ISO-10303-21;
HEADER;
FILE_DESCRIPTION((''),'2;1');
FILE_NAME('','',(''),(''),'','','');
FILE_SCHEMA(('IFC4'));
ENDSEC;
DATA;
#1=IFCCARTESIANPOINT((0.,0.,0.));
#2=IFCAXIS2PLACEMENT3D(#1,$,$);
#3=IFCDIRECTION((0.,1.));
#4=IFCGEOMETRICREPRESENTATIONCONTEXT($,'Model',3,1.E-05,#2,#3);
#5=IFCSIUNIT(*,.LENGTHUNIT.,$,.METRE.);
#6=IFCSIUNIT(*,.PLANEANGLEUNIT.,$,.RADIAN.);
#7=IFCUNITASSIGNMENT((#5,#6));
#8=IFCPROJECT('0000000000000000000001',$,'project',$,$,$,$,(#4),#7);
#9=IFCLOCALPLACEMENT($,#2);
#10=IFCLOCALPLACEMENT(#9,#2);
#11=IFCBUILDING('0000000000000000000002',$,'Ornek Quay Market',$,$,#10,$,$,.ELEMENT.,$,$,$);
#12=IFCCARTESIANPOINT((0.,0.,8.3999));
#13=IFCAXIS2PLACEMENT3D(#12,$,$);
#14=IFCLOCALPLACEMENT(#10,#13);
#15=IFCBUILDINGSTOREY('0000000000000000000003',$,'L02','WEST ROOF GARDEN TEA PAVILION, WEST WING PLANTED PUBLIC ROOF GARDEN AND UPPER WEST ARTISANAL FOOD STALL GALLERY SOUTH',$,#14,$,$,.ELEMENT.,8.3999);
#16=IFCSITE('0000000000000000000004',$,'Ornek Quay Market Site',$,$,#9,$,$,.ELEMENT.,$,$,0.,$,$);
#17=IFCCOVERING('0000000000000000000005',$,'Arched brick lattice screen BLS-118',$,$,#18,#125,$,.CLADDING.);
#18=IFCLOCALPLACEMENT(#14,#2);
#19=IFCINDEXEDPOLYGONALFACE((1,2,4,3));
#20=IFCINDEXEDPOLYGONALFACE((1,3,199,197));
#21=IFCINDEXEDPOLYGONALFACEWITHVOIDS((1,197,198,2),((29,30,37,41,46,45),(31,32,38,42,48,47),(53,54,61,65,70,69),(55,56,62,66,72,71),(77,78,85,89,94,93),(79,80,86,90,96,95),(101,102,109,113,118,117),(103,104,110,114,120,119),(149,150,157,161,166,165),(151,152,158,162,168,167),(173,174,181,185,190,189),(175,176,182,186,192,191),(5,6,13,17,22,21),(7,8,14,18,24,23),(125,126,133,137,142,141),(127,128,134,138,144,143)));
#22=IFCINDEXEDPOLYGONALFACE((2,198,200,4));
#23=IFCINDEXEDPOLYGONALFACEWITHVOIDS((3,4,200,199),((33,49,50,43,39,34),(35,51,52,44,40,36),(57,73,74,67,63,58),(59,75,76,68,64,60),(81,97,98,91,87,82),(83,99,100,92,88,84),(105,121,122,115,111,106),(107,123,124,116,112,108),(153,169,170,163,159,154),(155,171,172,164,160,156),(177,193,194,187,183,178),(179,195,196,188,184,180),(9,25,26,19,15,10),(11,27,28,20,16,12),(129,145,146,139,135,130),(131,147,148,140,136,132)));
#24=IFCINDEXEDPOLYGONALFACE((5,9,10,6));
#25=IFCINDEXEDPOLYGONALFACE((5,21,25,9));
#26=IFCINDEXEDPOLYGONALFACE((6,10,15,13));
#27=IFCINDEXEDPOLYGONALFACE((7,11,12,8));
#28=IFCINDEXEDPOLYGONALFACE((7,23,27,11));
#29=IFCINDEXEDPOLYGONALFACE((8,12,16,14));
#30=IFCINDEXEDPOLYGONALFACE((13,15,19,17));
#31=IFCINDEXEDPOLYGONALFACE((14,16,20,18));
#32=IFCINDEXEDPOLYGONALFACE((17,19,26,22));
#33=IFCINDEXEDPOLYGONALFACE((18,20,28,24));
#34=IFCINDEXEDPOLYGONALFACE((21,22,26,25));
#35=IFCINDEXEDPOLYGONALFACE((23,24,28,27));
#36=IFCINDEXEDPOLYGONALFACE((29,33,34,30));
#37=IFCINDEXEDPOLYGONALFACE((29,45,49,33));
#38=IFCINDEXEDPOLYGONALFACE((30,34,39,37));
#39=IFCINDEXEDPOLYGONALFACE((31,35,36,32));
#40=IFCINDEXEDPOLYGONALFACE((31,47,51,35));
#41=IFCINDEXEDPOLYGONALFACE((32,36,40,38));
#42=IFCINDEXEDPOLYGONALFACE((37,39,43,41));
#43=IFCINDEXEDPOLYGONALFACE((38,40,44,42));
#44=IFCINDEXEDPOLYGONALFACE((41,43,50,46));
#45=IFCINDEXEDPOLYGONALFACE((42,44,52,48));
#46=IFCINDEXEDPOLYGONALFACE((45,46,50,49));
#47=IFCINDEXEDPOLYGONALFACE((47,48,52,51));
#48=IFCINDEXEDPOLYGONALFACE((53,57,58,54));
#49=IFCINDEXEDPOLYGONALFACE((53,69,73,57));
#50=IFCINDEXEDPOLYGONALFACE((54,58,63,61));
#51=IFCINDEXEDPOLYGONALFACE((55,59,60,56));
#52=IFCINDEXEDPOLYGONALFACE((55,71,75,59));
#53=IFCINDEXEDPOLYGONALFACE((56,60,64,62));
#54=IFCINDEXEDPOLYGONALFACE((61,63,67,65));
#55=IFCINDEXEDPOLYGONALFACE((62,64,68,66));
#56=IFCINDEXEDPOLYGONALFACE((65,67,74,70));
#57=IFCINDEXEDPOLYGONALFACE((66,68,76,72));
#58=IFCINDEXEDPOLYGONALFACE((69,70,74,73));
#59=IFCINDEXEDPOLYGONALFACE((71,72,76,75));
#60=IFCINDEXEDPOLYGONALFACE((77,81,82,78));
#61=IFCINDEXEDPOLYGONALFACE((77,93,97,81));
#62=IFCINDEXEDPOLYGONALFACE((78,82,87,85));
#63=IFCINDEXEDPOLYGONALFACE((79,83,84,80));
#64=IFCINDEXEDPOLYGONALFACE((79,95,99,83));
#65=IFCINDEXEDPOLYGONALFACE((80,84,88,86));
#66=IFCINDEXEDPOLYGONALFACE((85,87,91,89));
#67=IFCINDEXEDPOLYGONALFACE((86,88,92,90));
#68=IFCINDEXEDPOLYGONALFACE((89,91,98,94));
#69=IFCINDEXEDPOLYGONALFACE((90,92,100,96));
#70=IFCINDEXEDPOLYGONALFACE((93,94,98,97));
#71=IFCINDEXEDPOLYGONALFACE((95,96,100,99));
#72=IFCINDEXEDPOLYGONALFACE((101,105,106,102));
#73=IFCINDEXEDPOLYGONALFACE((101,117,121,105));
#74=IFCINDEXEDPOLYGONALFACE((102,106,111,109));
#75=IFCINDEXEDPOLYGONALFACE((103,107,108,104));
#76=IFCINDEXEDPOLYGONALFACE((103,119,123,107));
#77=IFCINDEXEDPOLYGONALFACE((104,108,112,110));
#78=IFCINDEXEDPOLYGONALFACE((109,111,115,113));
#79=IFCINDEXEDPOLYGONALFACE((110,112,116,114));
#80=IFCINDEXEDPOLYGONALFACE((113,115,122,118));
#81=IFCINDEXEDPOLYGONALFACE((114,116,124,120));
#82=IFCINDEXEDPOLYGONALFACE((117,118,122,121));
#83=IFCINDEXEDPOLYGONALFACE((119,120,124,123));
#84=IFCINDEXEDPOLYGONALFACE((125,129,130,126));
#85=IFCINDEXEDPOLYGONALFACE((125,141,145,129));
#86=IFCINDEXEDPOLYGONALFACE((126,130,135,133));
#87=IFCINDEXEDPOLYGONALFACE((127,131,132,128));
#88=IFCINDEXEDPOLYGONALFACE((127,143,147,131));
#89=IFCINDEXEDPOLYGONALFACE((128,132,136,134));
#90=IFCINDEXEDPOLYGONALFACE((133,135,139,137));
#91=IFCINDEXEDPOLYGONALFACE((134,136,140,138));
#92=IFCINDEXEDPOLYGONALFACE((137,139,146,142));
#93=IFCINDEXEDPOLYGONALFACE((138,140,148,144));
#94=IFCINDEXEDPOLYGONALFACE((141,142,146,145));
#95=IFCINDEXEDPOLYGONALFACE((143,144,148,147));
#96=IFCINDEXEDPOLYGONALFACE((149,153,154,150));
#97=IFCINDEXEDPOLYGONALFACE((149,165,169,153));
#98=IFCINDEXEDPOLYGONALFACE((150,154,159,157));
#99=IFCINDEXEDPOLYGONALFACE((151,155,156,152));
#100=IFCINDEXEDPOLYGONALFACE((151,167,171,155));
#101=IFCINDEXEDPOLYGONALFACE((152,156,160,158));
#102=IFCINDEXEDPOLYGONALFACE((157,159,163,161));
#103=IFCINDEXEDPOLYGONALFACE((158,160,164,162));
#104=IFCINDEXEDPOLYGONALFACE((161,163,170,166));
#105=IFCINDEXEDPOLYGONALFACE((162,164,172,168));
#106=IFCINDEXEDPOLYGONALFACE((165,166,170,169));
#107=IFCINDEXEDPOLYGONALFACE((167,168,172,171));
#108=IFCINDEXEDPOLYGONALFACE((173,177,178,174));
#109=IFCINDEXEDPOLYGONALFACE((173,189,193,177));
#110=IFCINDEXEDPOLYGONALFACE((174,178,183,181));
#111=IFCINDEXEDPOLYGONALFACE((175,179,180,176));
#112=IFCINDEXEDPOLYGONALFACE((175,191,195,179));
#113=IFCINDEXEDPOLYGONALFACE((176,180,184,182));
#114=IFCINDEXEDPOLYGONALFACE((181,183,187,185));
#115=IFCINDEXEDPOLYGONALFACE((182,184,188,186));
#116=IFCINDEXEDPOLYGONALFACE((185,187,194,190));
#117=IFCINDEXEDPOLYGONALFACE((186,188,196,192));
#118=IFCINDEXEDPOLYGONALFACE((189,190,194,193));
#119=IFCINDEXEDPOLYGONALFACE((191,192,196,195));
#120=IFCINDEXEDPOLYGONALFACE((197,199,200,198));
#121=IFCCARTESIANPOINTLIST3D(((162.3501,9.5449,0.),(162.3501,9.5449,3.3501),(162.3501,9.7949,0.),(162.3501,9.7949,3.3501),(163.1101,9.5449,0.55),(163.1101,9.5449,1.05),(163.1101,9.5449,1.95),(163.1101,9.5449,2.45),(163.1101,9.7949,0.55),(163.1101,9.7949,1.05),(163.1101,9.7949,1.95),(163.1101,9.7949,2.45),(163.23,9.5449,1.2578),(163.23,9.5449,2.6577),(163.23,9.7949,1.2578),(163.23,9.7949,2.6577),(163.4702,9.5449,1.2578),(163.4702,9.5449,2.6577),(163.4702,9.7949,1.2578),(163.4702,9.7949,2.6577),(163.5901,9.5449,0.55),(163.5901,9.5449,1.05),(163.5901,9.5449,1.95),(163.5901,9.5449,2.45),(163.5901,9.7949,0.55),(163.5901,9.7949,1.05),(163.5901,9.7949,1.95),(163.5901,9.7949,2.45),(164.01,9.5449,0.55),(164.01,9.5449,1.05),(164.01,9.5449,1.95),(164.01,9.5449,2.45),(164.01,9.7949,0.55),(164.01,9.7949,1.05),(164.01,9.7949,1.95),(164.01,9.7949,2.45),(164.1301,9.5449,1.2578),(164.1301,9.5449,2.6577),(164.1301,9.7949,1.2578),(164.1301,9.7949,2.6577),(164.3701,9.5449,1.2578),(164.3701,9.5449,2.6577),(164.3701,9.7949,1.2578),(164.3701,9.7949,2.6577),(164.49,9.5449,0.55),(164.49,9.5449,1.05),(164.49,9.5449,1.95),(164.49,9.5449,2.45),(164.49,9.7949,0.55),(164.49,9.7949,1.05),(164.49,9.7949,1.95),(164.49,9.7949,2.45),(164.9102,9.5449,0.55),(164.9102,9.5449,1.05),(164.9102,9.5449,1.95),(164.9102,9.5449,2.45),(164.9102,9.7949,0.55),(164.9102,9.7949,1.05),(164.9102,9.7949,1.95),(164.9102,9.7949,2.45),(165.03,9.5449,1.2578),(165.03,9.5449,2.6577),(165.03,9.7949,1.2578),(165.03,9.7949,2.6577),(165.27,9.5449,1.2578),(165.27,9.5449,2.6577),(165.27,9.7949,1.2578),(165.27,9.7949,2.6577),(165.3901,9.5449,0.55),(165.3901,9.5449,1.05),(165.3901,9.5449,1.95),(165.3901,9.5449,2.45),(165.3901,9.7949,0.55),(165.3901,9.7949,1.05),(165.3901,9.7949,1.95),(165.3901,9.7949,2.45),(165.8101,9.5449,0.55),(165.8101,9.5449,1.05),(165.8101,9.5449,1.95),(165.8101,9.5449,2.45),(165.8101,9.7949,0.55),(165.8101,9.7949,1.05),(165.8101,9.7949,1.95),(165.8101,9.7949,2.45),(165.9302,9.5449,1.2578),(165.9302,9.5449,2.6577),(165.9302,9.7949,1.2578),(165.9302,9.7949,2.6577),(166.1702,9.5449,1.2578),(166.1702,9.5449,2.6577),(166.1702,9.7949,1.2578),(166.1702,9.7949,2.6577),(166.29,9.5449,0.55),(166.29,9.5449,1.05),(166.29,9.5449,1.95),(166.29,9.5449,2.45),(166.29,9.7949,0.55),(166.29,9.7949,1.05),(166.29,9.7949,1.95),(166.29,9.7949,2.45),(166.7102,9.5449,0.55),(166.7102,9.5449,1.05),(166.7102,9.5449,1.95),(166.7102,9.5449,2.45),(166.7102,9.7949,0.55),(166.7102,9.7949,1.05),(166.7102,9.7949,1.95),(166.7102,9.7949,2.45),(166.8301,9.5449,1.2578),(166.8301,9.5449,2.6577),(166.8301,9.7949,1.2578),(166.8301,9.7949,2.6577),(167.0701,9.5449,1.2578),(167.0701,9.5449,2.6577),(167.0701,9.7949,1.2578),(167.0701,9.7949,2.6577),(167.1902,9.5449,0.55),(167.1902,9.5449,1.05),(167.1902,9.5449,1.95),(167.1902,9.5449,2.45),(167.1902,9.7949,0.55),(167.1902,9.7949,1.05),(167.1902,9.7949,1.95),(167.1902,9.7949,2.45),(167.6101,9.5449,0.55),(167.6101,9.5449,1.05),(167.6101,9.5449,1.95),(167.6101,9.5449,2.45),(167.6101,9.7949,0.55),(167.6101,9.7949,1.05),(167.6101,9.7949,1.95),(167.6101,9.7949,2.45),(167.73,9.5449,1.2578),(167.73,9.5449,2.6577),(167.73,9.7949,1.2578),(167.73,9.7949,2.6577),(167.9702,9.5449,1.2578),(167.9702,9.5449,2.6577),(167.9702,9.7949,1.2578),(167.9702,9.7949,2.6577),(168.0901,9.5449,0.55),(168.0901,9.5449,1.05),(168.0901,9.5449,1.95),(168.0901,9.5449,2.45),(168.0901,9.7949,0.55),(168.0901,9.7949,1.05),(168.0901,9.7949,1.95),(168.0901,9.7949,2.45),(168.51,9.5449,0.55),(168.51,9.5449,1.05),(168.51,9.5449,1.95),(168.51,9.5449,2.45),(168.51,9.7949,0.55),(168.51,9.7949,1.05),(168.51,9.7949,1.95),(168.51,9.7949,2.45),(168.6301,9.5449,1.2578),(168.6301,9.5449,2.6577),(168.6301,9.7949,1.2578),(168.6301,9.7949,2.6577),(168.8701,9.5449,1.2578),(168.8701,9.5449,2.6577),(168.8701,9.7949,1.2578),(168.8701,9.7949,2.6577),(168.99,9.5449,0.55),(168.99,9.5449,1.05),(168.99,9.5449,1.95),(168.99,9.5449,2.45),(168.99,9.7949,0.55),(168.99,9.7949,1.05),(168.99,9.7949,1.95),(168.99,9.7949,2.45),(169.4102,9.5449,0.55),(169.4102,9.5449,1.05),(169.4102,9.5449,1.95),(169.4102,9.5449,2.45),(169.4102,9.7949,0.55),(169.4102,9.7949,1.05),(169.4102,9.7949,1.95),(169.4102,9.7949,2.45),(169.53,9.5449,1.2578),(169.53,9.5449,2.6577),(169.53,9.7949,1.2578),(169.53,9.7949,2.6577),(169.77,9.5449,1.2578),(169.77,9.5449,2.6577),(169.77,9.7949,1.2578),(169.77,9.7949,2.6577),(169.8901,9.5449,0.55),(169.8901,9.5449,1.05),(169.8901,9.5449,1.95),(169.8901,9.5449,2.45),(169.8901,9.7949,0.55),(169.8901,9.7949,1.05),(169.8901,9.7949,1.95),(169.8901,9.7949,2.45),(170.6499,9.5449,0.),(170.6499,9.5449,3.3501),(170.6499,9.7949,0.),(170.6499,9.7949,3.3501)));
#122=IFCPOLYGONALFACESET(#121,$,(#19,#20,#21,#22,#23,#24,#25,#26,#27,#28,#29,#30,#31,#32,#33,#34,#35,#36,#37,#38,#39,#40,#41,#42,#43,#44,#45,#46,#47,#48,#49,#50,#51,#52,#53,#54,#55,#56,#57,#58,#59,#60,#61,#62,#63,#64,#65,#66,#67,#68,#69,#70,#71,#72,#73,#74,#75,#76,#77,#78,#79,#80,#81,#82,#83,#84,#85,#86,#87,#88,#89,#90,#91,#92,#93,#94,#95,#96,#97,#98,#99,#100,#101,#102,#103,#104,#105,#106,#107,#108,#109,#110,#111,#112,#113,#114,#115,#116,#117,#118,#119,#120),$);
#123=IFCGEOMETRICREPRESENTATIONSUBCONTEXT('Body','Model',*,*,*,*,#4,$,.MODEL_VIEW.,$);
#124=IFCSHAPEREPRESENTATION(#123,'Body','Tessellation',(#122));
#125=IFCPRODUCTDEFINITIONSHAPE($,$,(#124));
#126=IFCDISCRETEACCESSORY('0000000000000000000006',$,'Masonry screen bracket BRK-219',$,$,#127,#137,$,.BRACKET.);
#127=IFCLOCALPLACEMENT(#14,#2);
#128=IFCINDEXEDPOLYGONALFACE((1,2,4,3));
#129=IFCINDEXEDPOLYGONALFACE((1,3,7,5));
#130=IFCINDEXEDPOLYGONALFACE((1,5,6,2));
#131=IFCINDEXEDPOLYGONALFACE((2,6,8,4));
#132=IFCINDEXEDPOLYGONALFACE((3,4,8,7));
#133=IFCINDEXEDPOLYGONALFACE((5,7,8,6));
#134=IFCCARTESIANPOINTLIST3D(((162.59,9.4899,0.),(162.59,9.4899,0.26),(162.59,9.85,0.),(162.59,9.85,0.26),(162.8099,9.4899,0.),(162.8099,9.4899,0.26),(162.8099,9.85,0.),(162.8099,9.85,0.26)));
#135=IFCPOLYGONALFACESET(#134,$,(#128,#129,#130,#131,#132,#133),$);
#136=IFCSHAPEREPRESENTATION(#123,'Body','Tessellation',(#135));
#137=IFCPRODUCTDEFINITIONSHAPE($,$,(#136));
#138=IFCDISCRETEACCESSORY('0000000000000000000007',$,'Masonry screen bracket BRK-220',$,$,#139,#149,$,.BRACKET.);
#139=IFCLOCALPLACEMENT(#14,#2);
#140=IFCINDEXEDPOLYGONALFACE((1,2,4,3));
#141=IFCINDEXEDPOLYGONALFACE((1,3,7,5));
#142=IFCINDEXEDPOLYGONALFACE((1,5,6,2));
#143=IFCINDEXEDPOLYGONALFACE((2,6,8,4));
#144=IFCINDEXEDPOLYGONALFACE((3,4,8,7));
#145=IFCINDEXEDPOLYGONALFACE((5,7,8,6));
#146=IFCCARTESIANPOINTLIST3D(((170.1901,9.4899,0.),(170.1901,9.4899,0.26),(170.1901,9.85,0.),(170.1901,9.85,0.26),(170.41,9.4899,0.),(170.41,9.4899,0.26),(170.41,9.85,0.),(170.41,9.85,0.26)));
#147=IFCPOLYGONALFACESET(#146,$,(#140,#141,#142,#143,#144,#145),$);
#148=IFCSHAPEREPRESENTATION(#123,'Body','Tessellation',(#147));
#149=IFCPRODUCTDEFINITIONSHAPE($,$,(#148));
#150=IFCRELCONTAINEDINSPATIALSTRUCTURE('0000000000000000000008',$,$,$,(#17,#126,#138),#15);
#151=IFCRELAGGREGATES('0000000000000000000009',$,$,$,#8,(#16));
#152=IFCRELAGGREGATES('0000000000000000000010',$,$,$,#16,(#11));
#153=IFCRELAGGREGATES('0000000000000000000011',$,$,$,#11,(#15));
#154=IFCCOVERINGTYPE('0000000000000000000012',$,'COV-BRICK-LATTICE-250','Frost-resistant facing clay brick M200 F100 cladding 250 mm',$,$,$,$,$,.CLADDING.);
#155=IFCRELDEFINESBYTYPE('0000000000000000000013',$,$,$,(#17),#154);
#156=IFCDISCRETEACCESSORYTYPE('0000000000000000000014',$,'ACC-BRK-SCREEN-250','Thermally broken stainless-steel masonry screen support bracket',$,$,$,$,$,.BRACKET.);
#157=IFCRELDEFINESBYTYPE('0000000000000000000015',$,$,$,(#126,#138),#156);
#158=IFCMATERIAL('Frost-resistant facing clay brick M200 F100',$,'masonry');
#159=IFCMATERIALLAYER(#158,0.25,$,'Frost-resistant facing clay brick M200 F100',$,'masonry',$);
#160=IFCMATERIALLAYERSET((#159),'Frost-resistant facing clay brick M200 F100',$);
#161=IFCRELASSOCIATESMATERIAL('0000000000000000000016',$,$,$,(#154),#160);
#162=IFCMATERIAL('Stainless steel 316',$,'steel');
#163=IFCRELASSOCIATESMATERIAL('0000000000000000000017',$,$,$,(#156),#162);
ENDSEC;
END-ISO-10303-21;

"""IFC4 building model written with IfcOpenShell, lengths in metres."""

from ifc_helpers import new_model, si_unit, direction, frame, origin, origin_2d, place, context, subcontext, project, spatial, polyline, rectangle, outline, extrude, material, layer, layer_set, type_object, element, save


model = new_model("IFC4")

# Units and contexts
model_context = context("Model", 3, precision=1e-05, world=origin(), true_north=direction((0.0, 1.0)))
body_context = subcontext(model_context, "Body", "Model", "MODEL_VIEW")
ifc_project = project(units=[si_unit("LENGTHUNIT", "METRE"), si_unit("PLANEANGLEUNIT", "RADIAN")], contexts=[model_context])

# Site, building, storey
site_placement = place(None, origin())
site = spatial("IfcSite", under=ifc_project, at=site_placement, Name="Ornek Quay Market Site", CompositionType="ELEMENT", RefElevation=0.0)
building_placement = place(site_placement, origin())
building = spatial("IfcBuilding", under=site, at=building_placement, Name="Ornek Quay Market", CompositionType="ELEMENT")
storey_placement = place(building_placement, frame((0.0, 0.0, 8.3999)))
storey = spatial("IfcBuildingStorey", under=building, at=storey_placement, Name="L02", Description="WEST ROOF GARDEN TEA PAVILION, WEST WING PLANTED PUBLIC ROOF GARDEN AND UPPER WEST ARTISANAL FOOD STALL GALLERY SOUTH", CompositionType="ELEMENT", Elevation=8.3999)

# Shared definitions
ifc_material_1 = material(Name="Frost-resistant facing clay brick M200 F100", Category="masonry")

# Covering
ifc_layer_1 = layer(ifc_material_1, 0.25, Name="Frost-resistant facing clay brick M200 F100", Category="masonry")
ifc_layer_set_1 = layer_set([ifc_layer_1], Name="Frost-resistant facing clay brick M200 F100")
covering_type = type_object("IfcCoveringType", Name="COV-BRICK-LATTICE-250", Description="Frost-resistant facing clay brick M200 F100 cladding 250 mm", PredefinedType="CLADDING", material=ifc_layer_set_1)
covering_placement = place(storey_placement, frame((162.3501, 9.6699, 0.0), z_axis=(0.0, 0.0, 1.0), x_axis=(1.0, 0.0, 0.0)))
element("IfcCovering", 1, at=covering_placement, inside=storey, type_object=covering_type, Name="Arched brick lattice screen BLS-118", PredefinedType="CLADDING", context=body_context, shape_type="SweptSolid", body=[
    extrude(outline(polyline([(0.0, 0.0), (8.2998, 0.0), (8.2998, 3.3501), (0.0, 3.3501), (0.0, 0.0)]), holes=[polyline([(0.76, 0.55), (1.24, 0.55), (1.24, 1.05), (1.1201, 1.2578), (0.8799, 1.2578), (0.76, 1.05), (0.76, 0.55)]), polyline([(0.76, 1.95), (1.24, 1.95), (1.24, 2.45), (1.1201, 2.6577), (0.8799, 2.6577), (0.76, 2.45), (0.76, 1.95)]), polyline([(1.6599, 0.55), (2.1399, 0.55), (2.1399, 1.05), (2.02, 1.2578), (1.78, 1.2578), (1.6599, 1.05), (1.6599, 0.55)]), polyline([(1.6599, 1.95), (2.1399, 1.95), (2.1399, 2.45), (2.02, 2.6577), (1.78, 2.6577), (1.6599, 2.45), (1.6599, 1.95)]), polyline([(2.5601, 0.55), (3.04, 0.55), (3.04, 1.05), (2.9199, 1.2578), (2.6799, 1.2578), (2.5601, 1.05), (2.5601, 0.55)]), polyline([(2.5601, 1.95), (3.04, 1.95), (3.04, 2.45), (2.9199, 2.6577), (2.6799, 2.6577), (2.5601, 2.45), (2.5601, 1.95)]), polyline([(3.46, 0.55), (3.9399, 0.55), (3.9399, 1.05), (3.8201, 1.2578), (3.5801, 1.2578), (3.46, 1.05), (3.46, 0.55)]), polyline([(3.46, 1.95), (3.9399, 1.95), (3.9399, 2.45), (3.8201, 2.6577), (3.5801, 2.6577), (3.46, 2.45), (3.46, 1.95)]), polyline([(4.3601, 0.55), (4.8401, 0.55), (4.8401, 1.05), (4.72, 1.2578), (4.48, 1.2578), (4.3601, 1.05), (4.3601, 0.55)]), polyline([(4.3601, 1.95), (4.8401, 1.95), (4.8401, 2.45), (4.72, 2.6577), (4.48, 2.6577), (4.3601, 2.45), (4.3601, 1.95)]), polyline([(5.26, 0.55), (5.74, 0.55), (5.74, 1.05), (5.6201, 1.2578), (5.3799, 1.2578), (5.26, 1.05), (5.26, 0.55)]), polyline([(5.26, 1.95), (5.74, 1.95), (5.74, 2.45), (5.6201, 2.6577), (5.3799, 2.6577), (5.26, 2.45), (5.26, 1.95)]), polyline([(6.1599, 0.55), (6.6399, 0.55), (6.6399, 1.05), (6.52, 1.2578), (6.28, 1.2578), (6.1599, 1.05), (6.1599, 0.55)]), polyline([(6.1599, 1.95), (6.6399, 1.95), (6.6399, 2.45), (6.52, 2.6577), (6.28, 2.6577), (6.1599, 2.45), (6.1599, 1.95)]), polyline([(7.0601, 0.55), (7.54, 0.55), (7.54, 1.05), (7.4199, 1.2578), (7.1799, 1.2578), (7.0601, 1.05), (7.0601, 0.55)]), polyline([(7.0601, 1.95), (7.54, 1.95), (7.54, 2.45), (7.4199, 2.6577), (7.1799, 2.6577), (7.0601, 2.45), (7.0601, 1.95)])]), frame((0.0, 0.125, 0.0), z_axis=(0.0, -1.0, 0.0), x_axis=(1.0, 0.0, 0.0)), (0.0, 0.0, 1.0), 0.25),
])

# Discrete accessories
ifc_material_2 = material(Name="Stainless steel 316", Category="steel")
discrete_accessory_type = type_object("IfcDiscreteAccessoryType", Name="ACC-BRK-SCREEN-250", Description="Thermally broken stainless-steel masonry screen support bracket", PredefinedType="BRACKET", material=ifc_material_2)
for number, where, z_axis, x_axis, name in (
    (2, (162.7, 9.6699, 0.0), (0.0, 0.0, 1.0), (1.0, 0.0, 0.0), "Masonry screen bracket BRK-219"),
    (3, (170.3, 9.6699, 0.0), (0.0, 0.0, 1.0), (1.0, 0.0, 0.0), "Masonry screen bracket BRK-220"),
):
    element("IfcDiscreteAccessory", number, at=place(storey_placement, frame(where, z_axis=z_axis, x_axis=x_axis)), inside=storey, type_object=discrete_accessory_type, Name=name, PredefinedType="BRACKET", context=body_context, shape_type="SweptSolid", body=[
        extrude(rectangle(XDim=0.22, YDim=0.3601, at=origin_2d()), origin(), (0.0, 0.0, 1.0), 0.26),
    ])

save(model, "model.ifc")
